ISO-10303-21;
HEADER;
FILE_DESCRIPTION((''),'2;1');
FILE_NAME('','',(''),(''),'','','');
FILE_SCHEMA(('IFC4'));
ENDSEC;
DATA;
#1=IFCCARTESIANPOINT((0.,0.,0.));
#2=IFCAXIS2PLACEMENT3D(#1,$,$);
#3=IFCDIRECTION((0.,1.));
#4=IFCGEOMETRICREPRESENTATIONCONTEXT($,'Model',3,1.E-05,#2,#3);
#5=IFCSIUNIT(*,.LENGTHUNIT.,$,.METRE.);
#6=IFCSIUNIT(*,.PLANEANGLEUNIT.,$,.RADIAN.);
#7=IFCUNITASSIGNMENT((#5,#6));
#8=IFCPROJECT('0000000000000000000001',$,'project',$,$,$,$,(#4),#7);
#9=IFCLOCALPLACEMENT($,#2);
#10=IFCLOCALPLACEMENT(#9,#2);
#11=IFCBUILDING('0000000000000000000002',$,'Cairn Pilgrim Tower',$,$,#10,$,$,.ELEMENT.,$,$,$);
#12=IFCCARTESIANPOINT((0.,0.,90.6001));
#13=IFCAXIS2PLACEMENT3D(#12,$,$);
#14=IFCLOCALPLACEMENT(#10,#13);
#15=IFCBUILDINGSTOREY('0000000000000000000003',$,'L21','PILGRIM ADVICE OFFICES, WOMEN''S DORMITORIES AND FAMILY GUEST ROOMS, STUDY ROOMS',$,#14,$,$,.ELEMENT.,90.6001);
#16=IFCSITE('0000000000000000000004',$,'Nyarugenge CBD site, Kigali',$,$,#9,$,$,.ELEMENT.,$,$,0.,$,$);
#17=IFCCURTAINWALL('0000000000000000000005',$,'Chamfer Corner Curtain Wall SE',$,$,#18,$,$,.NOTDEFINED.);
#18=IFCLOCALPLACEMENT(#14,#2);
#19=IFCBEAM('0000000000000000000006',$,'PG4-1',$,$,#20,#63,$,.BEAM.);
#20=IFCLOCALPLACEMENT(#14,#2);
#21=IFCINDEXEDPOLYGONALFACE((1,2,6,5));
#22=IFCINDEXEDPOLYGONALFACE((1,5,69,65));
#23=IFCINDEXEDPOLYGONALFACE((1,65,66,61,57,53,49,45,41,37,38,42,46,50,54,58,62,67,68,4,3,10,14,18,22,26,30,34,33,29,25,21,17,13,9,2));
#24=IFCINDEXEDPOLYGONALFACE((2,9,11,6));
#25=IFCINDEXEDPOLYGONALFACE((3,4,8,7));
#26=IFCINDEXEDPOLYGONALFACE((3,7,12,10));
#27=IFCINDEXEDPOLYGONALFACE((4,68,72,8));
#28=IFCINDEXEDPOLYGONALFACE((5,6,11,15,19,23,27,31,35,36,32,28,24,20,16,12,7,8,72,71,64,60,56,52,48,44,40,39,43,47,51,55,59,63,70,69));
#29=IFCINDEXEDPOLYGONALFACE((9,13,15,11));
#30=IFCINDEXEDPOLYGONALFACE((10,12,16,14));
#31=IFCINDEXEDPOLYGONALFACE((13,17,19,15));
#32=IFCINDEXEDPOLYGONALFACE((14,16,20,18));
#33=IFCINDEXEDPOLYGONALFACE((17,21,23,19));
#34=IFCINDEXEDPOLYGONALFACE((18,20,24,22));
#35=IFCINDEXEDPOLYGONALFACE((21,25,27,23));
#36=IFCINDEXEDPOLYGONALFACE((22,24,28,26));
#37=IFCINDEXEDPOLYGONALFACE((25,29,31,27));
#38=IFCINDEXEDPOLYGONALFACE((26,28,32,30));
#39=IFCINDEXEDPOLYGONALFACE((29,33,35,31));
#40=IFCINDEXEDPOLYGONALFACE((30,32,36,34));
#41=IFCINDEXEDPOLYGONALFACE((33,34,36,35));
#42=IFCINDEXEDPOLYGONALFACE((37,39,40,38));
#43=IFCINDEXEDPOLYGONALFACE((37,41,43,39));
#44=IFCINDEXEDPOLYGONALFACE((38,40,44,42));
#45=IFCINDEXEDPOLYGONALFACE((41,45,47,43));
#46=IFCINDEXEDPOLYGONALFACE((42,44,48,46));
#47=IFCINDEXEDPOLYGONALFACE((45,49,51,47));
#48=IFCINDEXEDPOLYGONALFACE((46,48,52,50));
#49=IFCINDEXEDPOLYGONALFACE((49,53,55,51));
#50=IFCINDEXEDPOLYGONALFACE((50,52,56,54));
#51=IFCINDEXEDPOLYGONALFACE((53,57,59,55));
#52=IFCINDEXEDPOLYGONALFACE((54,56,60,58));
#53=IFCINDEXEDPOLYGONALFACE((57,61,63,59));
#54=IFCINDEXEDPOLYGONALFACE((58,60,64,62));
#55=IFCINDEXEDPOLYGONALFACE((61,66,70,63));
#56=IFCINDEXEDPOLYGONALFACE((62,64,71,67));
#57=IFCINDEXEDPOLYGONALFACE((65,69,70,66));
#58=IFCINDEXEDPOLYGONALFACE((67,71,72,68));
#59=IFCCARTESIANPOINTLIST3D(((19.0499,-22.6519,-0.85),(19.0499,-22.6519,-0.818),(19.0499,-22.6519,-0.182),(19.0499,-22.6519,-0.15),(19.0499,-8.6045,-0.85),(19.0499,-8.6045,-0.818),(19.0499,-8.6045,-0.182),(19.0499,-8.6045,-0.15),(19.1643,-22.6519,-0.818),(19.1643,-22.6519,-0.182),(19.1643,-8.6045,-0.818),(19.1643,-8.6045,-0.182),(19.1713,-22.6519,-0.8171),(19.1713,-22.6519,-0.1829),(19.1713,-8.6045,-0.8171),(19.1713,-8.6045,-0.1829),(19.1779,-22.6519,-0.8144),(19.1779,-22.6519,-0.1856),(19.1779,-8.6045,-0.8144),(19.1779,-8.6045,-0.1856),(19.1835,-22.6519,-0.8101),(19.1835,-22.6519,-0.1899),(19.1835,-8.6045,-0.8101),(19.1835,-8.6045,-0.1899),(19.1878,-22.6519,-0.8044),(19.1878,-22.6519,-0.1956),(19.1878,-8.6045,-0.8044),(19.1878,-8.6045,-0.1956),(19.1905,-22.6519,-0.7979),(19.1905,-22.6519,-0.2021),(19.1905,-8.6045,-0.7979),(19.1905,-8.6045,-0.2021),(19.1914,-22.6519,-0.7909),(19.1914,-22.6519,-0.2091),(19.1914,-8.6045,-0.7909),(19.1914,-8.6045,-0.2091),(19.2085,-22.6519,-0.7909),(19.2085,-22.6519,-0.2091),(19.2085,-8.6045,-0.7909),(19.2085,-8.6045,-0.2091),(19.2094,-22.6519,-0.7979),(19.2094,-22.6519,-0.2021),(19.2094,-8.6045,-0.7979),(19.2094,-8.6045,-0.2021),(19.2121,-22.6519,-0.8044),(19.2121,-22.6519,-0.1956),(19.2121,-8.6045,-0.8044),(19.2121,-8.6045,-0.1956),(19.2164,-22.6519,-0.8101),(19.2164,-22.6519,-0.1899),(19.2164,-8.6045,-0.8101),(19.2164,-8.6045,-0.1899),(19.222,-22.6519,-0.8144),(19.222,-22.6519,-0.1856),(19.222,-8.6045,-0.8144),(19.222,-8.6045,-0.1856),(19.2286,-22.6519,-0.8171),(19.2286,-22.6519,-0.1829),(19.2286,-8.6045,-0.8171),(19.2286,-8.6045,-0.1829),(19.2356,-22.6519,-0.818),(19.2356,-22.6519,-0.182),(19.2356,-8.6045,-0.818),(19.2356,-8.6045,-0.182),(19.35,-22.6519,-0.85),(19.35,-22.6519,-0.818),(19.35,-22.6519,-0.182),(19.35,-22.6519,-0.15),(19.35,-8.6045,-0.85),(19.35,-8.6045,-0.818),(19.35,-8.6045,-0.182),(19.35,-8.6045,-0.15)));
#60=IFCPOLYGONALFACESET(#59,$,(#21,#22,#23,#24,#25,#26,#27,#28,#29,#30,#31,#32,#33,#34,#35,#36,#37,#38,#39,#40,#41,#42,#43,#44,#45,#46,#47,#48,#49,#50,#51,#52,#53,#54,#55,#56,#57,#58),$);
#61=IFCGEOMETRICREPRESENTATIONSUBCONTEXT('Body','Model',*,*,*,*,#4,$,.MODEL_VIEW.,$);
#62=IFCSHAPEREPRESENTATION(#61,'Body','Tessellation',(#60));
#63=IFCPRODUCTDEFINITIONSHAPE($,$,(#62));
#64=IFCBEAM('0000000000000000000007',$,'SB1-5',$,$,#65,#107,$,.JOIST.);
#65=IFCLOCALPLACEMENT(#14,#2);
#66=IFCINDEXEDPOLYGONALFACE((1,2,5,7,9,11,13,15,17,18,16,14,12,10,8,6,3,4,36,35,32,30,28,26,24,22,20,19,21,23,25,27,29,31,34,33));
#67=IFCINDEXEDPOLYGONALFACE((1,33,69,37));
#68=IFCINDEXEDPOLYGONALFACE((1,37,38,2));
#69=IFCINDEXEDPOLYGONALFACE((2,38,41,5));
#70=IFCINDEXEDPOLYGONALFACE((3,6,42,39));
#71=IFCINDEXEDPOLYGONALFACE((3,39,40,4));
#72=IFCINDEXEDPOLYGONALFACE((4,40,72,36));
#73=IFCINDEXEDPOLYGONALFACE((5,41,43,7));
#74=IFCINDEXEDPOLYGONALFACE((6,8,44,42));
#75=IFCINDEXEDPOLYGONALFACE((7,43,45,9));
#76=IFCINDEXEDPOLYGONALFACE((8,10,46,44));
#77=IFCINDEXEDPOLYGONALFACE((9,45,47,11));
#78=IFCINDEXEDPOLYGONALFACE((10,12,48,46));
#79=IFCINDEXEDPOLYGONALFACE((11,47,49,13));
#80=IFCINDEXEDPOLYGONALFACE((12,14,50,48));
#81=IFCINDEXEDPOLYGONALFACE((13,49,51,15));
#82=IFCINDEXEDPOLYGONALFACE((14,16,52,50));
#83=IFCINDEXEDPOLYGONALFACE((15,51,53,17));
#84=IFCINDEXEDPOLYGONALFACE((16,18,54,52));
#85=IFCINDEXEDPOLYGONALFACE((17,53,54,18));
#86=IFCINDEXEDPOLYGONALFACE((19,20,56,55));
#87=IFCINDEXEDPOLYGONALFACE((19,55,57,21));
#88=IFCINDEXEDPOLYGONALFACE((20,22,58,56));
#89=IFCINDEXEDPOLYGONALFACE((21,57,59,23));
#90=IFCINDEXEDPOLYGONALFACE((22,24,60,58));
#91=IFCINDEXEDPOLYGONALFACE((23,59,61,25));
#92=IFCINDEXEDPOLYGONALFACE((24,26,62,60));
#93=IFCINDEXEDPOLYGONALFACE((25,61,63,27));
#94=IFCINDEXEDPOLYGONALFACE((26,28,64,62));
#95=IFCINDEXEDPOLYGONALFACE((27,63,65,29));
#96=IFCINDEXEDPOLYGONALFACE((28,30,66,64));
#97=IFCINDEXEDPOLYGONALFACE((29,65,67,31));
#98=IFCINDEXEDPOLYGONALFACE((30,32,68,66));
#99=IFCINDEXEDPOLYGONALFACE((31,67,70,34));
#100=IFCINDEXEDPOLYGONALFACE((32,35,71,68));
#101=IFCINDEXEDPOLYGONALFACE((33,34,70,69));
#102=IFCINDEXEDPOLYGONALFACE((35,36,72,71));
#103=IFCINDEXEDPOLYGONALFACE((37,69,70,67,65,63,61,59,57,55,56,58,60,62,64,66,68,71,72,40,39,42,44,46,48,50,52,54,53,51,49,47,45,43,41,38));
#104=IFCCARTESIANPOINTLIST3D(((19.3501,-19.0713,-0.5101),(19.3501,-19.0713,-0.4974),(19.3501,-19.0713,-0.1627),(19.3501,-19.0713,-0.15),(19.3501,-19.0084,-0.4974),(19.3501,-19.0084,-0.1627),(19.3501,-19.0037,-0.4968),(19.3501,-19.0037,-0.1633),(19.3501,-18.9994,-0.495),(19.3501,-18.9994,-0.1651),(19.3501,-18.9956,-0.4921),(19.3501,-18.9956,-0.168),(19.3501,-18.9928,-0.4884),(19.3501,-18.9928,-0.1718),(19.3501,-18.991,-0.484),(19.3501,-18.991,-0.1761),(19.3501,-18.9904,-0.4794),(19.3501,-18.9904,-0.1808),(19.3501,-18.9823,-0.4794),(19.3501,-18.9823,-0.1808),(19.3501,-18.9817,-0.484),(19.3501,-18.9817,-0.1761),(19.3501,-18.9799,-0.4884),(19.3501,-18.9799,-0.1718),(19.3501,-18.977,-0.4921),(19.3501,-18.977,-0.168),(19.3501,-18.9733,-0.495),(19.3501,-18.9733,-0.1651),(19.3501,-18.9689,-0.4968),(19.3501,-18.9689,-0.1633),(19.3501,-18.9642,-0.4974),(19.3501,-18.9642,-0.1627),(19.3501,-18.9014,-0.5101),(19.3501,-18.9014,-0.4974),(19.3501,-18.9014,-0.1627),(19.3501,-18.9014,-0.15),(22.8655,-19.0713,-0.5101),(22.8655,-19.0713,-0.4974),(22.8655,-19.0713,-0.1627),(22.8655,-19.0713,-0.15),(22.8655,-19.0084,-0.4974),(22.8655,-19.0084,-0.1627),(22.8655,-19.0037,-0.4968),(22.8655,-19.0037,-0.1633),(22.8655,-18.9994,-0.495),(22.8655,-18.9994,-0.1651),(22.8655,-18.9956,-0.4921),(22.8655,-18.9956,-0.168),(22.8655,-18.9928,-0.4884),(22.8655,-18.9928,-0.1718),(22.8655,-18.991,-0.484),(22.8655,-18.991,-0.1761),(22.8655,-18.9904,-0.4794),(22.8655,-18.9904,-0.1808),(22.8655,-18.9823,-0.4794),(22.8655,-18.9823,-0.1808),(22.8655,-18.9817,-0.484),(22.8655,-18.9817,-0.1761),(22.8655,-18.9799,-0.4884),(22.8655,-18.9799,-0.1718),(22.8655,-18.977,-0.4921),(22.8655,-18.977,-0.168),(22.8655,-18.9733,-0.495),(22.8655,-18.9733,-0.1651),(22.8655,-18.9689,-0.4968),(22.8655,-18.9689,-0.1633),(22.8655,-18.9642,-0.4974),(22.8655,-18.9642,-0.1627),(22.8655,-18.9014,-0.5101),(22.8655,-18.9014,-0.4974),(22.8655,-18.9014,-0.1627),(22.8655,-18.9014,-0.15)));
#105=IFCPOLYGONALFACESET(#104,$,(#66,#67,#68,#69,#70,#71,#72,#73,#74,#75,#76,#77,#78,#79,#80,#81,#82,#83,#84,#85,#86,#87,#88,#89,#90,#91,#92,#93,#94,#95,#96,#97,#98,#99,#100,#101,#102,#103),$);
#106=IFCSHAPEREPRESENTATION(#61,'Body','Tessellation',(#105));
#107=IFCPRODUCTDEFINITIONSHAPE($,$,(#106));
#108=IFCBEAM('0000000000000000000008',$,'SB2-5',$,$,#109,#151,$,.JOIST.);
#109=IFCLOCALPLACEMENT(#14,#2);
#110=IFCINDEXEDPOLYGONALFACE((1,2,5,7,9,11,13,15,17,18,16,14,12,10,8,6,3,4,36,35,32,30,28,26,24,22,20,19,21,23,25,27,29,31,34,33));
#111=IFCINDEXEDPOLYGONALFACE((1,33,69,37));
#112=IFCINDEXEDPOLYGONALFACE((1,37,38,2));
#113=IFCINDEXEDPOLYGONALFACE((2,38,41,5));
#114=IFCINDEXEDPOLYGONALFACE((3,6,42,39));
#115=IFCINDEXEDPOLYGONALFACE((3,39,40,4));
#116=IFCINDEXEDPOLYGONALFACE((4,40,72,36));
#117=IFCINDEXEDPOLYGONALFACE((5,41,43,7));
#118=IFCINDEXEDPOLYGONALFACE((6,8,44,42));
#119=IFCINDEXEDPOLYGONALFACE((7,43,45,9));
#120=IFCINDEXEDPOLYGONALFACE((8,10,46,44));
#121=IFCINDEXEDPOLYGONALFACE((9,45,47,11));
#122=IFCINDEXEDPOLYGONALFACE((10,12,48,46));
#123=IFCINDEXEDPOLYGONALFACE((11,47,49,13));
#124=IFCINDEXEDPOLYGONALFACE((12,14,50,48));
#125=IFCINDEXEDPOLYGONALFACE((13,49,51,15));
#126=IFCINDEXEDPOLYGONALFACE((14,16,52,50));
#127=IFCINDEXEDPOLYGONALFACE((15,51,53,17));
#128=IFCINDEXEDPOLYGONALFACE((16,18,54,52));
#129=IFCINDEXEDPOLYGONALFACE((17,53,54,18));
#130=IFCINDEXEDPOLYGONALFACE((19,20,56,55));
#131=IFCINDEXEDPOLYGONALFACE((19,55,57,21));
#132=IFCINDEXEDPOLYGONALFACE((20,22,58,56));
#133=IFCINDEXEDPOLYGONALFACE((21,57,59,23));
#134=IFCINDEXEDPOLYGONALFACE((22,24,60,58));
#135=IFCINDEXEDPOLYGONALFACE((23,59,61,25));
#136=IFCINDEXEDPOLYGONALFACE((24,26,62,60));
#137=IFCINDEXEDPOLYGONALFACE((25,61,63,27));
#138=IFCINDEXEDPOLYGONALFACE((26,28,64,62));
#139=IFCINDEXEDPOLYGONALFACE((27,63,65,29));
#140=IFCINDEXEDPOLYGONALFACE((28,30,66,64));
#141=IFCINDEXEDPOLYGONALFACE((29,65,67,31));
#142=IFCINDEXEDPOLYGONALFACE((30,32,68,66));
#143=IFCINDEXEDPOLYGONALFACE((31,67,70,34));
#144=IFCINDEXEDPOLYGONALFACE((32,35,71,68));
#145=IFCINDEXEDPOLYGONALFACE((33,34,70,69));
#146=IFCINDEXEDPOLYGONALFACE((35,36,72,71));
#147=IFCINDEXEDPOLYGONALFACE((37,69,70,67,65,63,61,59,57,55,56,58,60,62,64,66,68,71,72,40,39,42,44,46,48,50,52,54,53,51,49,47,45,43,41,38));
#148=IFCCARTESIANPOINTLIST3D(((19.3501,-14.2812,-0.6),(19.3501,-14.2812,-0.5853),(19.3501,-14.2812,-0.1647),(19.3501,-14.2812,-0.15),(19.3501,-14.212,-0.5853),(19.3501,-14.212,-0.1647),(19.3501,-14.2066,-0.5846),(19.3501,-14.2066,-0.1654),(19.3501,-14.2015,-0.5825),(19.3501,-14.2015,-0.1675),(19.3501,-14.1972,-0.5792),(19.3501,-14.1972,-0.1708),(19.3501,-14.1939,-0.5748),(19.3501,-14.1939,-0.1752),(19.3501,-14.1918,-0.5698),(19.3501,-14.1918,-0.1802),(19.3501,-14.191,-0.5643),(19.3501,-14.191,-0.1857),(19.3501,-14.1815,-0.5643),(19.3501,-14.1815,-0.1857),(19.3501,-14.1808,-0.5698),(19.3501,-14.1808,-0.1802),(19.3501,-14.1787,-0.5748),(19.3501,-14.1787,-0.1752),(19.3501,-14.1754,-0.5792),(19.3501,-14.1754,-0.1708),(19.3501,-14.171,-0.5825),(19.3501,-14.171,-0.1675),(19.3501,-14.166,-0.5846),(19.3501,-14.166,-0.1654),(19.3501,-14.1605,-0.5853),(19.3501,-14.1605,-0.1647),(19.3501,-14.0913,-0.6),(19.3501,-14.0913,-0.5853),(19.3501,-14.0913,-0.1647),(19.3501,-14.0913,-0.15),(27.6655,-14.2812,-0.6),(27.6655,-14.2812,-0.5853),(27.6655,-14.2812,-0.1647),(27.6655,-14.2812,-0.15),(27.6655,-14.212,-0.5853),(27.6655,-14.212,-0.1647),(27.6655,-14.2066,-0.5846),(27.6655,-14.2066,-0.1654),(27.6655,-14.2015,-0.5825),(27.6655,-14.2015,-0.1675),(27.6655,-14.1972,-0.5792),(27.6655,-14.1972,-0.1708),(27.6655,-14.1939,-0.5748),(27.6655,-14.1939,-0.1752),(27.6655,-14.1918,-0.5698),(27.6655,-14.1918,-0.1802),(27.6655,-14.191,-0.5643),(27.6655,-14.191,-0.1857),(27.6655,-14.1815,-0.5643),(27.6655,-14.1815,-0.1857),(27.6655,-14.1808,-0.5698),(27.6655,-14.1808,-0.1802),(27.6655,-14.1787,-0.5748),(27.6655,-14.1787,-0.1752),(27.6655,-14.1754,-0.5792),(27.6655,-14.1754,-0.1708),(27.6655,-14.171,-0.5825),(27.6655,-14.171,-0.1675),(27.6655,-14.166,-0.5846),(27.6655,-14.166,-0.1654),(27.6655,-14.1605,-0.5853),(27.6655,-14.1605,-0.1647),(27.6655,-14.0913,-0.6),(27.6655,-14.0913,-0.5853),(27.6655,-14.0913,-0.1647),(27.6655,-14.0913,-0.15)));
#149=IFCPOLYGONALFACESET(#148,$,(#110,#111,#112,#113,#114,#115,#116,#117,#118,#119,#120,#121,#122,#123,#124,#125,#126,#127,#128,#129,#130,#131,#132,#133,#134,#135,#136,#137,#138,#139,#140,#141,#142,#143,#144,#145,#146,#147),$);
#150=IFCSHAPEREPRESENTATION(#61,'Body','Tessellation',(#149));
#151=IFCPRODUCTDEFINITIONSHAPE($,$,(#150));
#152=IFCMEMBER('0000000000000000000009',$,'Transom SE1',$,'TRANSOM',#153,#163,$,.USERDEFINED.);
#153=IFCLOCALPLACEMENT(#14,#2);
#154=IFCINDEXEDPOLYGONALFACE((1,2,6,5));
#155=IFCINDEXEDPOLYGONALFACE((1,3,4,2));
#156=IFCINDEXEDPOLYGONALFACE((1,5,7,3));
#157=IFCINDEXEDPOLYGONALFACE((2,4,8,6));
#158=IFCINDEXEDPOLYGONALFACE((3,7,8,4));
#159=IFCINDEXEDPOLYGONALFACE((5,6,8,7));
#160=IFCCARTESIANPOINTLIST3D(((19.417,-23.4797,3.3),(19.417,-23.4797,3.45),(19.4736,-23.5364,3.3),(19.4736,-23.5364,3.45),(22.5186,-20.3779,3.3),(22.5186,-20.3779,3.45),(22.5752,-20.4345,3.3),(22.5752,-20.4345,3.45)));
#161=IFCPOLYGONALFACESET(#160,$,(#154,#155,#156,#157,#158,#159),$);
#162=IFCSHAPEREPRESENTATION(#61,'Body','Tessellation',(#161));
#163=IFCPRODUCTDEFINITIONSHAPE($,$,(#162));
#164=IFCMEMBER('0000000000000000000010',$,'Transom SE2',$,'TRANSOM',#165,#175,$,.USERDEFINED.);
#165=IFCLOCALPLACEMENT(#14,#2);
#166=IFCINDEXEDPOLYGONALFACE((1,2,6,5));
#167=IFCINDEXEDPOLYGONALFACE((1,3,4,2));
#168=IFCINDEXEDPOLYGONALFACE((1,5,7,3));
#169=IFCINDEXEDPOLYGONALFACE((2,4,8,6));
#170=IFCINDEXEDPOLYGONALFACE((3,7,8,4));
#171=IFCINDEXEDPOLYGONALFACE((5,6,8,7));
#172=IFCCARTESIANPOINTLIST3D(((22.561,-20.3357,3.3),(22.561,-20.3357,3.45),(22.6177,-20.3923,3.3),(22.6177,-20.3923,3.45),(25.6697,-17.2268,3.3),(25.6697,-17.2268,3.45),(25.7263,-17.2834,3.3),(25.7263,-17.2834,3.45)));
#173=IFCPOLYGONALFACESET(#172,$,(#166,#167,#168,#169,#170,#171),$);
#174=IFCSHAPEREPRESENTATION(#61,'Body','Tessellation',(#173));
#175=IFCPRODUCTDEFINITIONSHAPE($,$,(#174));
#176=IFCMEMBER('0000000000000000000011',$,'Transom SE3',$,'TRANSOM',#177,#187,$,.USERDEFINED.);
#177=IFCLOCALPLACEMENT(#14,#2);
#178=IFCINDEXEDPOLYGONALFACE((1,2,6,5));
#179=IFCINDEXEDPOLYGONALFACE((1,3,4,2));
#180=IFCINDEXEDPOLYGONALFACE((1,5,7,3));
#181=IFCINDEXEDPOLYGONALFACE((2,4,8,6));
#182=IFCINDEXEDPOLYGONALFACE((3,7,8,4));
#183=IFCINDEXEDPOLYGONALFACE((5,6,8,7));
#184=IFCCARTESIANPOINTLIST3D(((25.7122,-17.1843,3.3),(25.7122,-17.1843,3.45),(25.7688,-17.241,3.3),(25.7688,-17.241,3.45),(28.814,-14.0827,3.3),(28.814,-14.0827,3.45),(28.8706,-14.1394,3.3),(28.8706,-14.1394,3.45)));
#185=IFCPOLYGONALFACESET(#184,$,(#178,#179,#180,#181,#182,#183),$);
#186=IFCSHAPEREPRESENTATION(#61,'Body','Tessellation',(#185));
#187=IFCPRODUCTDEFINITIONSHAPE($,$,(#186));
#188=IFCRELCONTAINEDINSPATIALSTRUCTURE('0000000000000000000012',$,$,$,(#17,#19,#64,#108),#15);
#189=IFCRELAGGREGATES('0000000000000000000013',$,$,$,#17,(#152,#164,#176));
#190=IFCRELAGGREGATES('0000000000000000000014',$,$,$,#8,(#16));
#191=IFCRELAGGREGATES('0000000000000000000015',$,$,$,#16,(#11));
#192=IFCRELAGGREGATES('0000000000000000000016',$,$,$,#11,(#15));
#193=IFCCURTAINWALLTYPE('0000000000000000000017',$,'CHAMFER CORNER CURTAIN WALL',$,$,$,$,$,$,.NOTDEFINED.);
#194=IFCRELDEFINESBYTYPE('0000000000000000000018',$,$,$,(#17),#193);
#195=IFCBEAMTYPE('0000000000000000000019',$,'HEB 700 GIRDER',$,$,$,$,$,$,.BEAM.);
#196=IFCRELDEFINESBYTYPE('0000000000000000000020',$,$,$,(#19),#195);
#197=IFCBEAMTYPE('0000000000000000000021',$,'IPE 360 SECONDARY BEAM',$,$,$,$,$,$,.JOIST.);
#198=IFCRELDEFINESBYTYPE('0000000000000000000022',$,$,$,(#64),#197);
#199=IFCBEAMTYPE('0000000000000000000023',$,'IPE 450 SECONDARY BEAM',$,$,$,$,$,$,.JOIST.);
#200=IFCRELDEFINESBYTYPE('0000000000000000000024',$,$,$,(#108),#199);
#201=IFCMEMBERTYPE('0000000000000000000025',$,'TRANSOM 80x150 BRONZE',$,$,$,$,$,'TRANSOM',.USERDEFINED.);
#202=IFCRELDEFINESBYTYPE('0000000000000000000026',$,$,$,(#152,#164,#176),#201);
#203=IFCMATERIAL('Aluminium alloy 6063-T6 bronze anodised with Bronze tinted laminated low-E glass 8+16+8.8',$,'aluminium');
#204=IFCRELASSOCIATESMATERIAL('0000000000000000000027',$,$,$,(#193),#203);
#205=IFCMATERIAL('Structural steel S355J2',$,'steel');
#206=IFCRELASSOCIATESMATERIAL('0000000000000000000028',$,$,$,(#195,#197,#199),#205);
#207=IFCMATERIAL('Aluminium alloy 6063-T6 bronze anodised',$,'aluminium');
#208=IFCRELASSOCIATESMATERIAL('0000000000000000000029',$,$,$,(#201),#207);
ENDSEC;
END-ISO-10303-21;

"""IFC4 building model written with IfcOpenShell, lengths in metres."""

from ifc_helpers import new_model, si_unit, direction, frame, origin, origin_2d, place, context, subcontext, project, spatial, rectangle, i_section, extrude, material, material_profile, profile_set, type_object, element, aggregate, save


model = new_model("IFC4")

# Units and contexts
model_context = context("Model", 3, precision=1e-05, world=origin(), true_north=direction((0.0, 1.0)))
body_context = subcontext(model_context, "Body", "Model", "MODEL_VIEW")
ifc_project = project(units=[si_unit("LENGTHUNIT", "METRE"), si_unit("PLANEANGLEUNIT", "RADIAN")], contexts=[model_context])

# Site, building, storey
site_placement = place(None, origin())
site = spatial("IfcSite", under=ifc_project, at=site_placement, Name="Nyarugenge CBD site, Kigali", CompositionType="ELEMENT", RefElevation=0.0)
building_placement = place(site_placement, origin())
building = spatial("IfcBuilding", under=site, at=building_placement, Name="Cairn Pilgrim Tower", CompositionType="ELEMENT")
storey_placement = place(building_placement, frame((0.0, 0.0, 90.6001)))
storey = spatial("IfcBuildingStorey", under=building, at=storey_placement, Name="L21", Description="PILGRIM ADVICE OFFICES, WOMEN'S DORMITORIES AND FAMILY GUEST ROOMS, STUDY ROOMS", CompositionType="ELEMENT", Elevation=90.6001)

# Shared definitions
ifc_material_1 = material(Name="Structural steel S355J2", Category="steel")

# Curtain wall
ifc_material_2 = material(Name="Aluminium alloy 6063-T6 bronze anodised with Bronze tinted laminated low-E glass 8+16+8.8", Category="aluminium")
curtain_wall_type_1 = type_object("IfcCurtainWallType", Name="CHAMFER CORNER CURTAIN WALL", PredefinedType="NOTDEFINED", material=ifc_material_2)
curtain_wall_1_placement = place(storey_placement, origin())
curtain_wall_1 = element("IfcCurtainWall", 1, at=curtain_wall_1_placement, inside=storey, type_object=curtain_wall_type_1, Name="Chamfer Corner Curtain Wall SE", PredefinedType="NOTDEFINED")
ifc_material_3 = material(Name="Aluminium alloy 6063-T6 bronze anodised", Category="aluminium")

# Beams
ifc_material_profile_1 = material_profile(ifc_material_1, i_section(OverallWidth=0.3, OverallDepth=0.7, WebThickness=0.0171, FlangeThickness=0.032, FilletRadius=0.0271, at=origin_2d()), Name="HEB 700")
ifc_profile_set_1 = profile_set([ifc_material_profile_1], Name="Structural steel S355J2")
beam_type_1 = type_object("IfcBeamType", Name="HEB 700 GIRDER", PredefinedType="BEAM", material=ifc_profile_set_1)
beam_1_placement = place(storey_placement, frame((19.2, -22.6519, -0.5), z_axis=(0.0, 1.0, 0.0), x_axis=(-1.0, 0.0, 0.0)))
element("IfcBeam", 2, at=beam_1_placement, inside=storey, type_object=beam_type_1, Name="PG4-1", PredefinedType="BEAM", context=body_context, shape_type="SweptSolid", body=[
    extrude(i_section(OverallWidth=0.3, OverallDepth=0.7, WebThickness=0.0171, FlangeThickness=0.032, FilletRadius=0.0271, at=origin_2d()), origin(), (0.0, 0.0, 1.0), 14.0474),
])
ifc_material_profile_2 = material_profile(ifc_material_1, i_section(OverallWidth=0.1699, OverallDepth=0.3601, WebThickness=0.0081, FlangeThickness=0.0127, FilletRadius=0.0181, at=origin_2d()), Name="IPE 360")
ifc_profile_set_2 = profile_set([ifc_material_profile_2], Name="Structural steel S355J2")
beam_type_2 = type_object("IfcBeamType", Name="IPE 360 SECONDARY BEAM", PredefinedType="JOIST", material=ifc_profile_set_2)
beam_2_placement = place(storey_placement, frame((19.3501, -18.9863, -0.3301), z_axis=(1.0, 0.0, 0.0), x_axis=(0.0, 1.0, 0.0)))
element("IfcBeam", 3, at=beam_2_placement, inside=storey, type_object=beam_type_2, Name="SB1-5", PredefinedType="JOIST", context=body_context, shape_type="SweptSolid", body=[
    extrude(i_section(OverallWidth=0.1699, OverallDepth=0.3601, WebThickness=0.0081, FlangeThickness=0.0127, FilletRadius=0.0181, at=origin_2d()), origin(), (0.0, 0.0, 1.0), 3.5154),
])
ifc_material_profile_3 = material_profile(ifc_material_1, i_section(OverallWidth=0.1899, OverallDepth=0.45, WebThickness=0.0095, FlangeThickness=0.0146, FilletRadius=0.021, at=origin_2d()), Name="IPE 450")
ifc_profile_set_3 = profile_set([ifc_material_profile_3], Name="Structural steel S355J2")
beam_type_3 = type_object("IfcBeamType", Name="IPE 450 SECONDARY BEAM", PredefinedType="JOIST", material=ifc_profile_set_3)
beam_3_placement = place(storey_placement, frame((19.3501, -14.1863, -0.375), z_axis=(1.0, 0.0, 0.0), x_axis=(0.0, 1.0, 0.0)))
element("IfcBeam", 4, at=beam_3_placement, inside=storey, type_object=beam_type_3, Name="SB2-5", PredefinedType="JOIST", context=body_context, shape_type="SweptSolid", body=[
    extrude(i_section(OverallWidth=0.1899, OverallDepth=0.45, WebThickness=0.0095, FlangeThickness=0.0146, FilletRadius=0.021, at=origin_2d()), origin(), (0.0, 0.0, 1.0), 8.3154),
])

# Members
ifc_material_profile_4 = material_profile(ifc_material_3, rectangle(XDim=0.0801, YDim=0.1499, at=origin_2d()), Name="TRANSOM 80x150 BRONZE")
ifc_profile_set_4 = profile_set([ifc_material_profile_4], Name="Aluminium alloy 6063-T6 bronze anodised")
member_type_1 = type_object("IfcMemberType", Name="TRANSOM 80x150 BRONZE", ElementType="TRANSOM", PredefinedType="USERDEFINED", material=ifc_profile_set_4)
member_1_placement = place(storey_placement, frame((19.4453, -23.5081, 3.375), z_axis=(0.707079, 0.707135, 0.0), x_axis=(-0.707135, 0.707079, 0.0)))
member_1 = element("IfcMember", 5, at=member_1_placement, type_object=member_type_1, Name="Transom SE1", ObjectType="TRANSOM", PredefinedType="USERDEFINED", context=body_context, shape_type="SweptSolid", body=[
    extrude(rectangle(XDim=0.0801, YDim=0.1499, at=origin_2d()), origin(), (0.0, 0.0, 1.0), 4.3865),
])
member_2_placement = place(storey_placement, frame((22.5894, -20.364, 3.375), z_axis=(0.707079, 0.707135, 0.0), x_axis=(-0.707135, 0.707079, 0.0)))
member_2 = element("IfcMember", 6, at=member_2_placement, type_object=member_type_1, Name="Transom SE2", ObjectType="TRANSOM", PredefinedType="USERDEFINED", context=body_context, shape_type="SweptSolid", body=[
    extrude(rectangle(XDim=0.0801, YDim=0.1499, at=origin_2d()), origin(), (0.0, 0.0, 1.0), 4.3965),
])
member_3_placement = place(storey_placement, frame((25.7405, -17.2126, 3.375), z_axis=(0.707135, 0.707079, 0.0), x_axis=(-0.707079, 0.707135, 0.0)))
member_3 = element("IfcMember", 7, at=member_3_placement, type_object=member_type_1, Name="Transom SE3", ObjectType="TRANSOM", PredefinedType="USERDEFINED", context=body_context, shape_type="SweptSolid", body=[
    extrude(rectangle(XDim=0.0801, YDim=0.1499, at=origin_2d()), origin(), (0.0, 0.0, 1.0), 4.3865),
])

aggregate(curtain_wall_1, [member_1, member_2, member_3])

save(model, "model.ifc")
